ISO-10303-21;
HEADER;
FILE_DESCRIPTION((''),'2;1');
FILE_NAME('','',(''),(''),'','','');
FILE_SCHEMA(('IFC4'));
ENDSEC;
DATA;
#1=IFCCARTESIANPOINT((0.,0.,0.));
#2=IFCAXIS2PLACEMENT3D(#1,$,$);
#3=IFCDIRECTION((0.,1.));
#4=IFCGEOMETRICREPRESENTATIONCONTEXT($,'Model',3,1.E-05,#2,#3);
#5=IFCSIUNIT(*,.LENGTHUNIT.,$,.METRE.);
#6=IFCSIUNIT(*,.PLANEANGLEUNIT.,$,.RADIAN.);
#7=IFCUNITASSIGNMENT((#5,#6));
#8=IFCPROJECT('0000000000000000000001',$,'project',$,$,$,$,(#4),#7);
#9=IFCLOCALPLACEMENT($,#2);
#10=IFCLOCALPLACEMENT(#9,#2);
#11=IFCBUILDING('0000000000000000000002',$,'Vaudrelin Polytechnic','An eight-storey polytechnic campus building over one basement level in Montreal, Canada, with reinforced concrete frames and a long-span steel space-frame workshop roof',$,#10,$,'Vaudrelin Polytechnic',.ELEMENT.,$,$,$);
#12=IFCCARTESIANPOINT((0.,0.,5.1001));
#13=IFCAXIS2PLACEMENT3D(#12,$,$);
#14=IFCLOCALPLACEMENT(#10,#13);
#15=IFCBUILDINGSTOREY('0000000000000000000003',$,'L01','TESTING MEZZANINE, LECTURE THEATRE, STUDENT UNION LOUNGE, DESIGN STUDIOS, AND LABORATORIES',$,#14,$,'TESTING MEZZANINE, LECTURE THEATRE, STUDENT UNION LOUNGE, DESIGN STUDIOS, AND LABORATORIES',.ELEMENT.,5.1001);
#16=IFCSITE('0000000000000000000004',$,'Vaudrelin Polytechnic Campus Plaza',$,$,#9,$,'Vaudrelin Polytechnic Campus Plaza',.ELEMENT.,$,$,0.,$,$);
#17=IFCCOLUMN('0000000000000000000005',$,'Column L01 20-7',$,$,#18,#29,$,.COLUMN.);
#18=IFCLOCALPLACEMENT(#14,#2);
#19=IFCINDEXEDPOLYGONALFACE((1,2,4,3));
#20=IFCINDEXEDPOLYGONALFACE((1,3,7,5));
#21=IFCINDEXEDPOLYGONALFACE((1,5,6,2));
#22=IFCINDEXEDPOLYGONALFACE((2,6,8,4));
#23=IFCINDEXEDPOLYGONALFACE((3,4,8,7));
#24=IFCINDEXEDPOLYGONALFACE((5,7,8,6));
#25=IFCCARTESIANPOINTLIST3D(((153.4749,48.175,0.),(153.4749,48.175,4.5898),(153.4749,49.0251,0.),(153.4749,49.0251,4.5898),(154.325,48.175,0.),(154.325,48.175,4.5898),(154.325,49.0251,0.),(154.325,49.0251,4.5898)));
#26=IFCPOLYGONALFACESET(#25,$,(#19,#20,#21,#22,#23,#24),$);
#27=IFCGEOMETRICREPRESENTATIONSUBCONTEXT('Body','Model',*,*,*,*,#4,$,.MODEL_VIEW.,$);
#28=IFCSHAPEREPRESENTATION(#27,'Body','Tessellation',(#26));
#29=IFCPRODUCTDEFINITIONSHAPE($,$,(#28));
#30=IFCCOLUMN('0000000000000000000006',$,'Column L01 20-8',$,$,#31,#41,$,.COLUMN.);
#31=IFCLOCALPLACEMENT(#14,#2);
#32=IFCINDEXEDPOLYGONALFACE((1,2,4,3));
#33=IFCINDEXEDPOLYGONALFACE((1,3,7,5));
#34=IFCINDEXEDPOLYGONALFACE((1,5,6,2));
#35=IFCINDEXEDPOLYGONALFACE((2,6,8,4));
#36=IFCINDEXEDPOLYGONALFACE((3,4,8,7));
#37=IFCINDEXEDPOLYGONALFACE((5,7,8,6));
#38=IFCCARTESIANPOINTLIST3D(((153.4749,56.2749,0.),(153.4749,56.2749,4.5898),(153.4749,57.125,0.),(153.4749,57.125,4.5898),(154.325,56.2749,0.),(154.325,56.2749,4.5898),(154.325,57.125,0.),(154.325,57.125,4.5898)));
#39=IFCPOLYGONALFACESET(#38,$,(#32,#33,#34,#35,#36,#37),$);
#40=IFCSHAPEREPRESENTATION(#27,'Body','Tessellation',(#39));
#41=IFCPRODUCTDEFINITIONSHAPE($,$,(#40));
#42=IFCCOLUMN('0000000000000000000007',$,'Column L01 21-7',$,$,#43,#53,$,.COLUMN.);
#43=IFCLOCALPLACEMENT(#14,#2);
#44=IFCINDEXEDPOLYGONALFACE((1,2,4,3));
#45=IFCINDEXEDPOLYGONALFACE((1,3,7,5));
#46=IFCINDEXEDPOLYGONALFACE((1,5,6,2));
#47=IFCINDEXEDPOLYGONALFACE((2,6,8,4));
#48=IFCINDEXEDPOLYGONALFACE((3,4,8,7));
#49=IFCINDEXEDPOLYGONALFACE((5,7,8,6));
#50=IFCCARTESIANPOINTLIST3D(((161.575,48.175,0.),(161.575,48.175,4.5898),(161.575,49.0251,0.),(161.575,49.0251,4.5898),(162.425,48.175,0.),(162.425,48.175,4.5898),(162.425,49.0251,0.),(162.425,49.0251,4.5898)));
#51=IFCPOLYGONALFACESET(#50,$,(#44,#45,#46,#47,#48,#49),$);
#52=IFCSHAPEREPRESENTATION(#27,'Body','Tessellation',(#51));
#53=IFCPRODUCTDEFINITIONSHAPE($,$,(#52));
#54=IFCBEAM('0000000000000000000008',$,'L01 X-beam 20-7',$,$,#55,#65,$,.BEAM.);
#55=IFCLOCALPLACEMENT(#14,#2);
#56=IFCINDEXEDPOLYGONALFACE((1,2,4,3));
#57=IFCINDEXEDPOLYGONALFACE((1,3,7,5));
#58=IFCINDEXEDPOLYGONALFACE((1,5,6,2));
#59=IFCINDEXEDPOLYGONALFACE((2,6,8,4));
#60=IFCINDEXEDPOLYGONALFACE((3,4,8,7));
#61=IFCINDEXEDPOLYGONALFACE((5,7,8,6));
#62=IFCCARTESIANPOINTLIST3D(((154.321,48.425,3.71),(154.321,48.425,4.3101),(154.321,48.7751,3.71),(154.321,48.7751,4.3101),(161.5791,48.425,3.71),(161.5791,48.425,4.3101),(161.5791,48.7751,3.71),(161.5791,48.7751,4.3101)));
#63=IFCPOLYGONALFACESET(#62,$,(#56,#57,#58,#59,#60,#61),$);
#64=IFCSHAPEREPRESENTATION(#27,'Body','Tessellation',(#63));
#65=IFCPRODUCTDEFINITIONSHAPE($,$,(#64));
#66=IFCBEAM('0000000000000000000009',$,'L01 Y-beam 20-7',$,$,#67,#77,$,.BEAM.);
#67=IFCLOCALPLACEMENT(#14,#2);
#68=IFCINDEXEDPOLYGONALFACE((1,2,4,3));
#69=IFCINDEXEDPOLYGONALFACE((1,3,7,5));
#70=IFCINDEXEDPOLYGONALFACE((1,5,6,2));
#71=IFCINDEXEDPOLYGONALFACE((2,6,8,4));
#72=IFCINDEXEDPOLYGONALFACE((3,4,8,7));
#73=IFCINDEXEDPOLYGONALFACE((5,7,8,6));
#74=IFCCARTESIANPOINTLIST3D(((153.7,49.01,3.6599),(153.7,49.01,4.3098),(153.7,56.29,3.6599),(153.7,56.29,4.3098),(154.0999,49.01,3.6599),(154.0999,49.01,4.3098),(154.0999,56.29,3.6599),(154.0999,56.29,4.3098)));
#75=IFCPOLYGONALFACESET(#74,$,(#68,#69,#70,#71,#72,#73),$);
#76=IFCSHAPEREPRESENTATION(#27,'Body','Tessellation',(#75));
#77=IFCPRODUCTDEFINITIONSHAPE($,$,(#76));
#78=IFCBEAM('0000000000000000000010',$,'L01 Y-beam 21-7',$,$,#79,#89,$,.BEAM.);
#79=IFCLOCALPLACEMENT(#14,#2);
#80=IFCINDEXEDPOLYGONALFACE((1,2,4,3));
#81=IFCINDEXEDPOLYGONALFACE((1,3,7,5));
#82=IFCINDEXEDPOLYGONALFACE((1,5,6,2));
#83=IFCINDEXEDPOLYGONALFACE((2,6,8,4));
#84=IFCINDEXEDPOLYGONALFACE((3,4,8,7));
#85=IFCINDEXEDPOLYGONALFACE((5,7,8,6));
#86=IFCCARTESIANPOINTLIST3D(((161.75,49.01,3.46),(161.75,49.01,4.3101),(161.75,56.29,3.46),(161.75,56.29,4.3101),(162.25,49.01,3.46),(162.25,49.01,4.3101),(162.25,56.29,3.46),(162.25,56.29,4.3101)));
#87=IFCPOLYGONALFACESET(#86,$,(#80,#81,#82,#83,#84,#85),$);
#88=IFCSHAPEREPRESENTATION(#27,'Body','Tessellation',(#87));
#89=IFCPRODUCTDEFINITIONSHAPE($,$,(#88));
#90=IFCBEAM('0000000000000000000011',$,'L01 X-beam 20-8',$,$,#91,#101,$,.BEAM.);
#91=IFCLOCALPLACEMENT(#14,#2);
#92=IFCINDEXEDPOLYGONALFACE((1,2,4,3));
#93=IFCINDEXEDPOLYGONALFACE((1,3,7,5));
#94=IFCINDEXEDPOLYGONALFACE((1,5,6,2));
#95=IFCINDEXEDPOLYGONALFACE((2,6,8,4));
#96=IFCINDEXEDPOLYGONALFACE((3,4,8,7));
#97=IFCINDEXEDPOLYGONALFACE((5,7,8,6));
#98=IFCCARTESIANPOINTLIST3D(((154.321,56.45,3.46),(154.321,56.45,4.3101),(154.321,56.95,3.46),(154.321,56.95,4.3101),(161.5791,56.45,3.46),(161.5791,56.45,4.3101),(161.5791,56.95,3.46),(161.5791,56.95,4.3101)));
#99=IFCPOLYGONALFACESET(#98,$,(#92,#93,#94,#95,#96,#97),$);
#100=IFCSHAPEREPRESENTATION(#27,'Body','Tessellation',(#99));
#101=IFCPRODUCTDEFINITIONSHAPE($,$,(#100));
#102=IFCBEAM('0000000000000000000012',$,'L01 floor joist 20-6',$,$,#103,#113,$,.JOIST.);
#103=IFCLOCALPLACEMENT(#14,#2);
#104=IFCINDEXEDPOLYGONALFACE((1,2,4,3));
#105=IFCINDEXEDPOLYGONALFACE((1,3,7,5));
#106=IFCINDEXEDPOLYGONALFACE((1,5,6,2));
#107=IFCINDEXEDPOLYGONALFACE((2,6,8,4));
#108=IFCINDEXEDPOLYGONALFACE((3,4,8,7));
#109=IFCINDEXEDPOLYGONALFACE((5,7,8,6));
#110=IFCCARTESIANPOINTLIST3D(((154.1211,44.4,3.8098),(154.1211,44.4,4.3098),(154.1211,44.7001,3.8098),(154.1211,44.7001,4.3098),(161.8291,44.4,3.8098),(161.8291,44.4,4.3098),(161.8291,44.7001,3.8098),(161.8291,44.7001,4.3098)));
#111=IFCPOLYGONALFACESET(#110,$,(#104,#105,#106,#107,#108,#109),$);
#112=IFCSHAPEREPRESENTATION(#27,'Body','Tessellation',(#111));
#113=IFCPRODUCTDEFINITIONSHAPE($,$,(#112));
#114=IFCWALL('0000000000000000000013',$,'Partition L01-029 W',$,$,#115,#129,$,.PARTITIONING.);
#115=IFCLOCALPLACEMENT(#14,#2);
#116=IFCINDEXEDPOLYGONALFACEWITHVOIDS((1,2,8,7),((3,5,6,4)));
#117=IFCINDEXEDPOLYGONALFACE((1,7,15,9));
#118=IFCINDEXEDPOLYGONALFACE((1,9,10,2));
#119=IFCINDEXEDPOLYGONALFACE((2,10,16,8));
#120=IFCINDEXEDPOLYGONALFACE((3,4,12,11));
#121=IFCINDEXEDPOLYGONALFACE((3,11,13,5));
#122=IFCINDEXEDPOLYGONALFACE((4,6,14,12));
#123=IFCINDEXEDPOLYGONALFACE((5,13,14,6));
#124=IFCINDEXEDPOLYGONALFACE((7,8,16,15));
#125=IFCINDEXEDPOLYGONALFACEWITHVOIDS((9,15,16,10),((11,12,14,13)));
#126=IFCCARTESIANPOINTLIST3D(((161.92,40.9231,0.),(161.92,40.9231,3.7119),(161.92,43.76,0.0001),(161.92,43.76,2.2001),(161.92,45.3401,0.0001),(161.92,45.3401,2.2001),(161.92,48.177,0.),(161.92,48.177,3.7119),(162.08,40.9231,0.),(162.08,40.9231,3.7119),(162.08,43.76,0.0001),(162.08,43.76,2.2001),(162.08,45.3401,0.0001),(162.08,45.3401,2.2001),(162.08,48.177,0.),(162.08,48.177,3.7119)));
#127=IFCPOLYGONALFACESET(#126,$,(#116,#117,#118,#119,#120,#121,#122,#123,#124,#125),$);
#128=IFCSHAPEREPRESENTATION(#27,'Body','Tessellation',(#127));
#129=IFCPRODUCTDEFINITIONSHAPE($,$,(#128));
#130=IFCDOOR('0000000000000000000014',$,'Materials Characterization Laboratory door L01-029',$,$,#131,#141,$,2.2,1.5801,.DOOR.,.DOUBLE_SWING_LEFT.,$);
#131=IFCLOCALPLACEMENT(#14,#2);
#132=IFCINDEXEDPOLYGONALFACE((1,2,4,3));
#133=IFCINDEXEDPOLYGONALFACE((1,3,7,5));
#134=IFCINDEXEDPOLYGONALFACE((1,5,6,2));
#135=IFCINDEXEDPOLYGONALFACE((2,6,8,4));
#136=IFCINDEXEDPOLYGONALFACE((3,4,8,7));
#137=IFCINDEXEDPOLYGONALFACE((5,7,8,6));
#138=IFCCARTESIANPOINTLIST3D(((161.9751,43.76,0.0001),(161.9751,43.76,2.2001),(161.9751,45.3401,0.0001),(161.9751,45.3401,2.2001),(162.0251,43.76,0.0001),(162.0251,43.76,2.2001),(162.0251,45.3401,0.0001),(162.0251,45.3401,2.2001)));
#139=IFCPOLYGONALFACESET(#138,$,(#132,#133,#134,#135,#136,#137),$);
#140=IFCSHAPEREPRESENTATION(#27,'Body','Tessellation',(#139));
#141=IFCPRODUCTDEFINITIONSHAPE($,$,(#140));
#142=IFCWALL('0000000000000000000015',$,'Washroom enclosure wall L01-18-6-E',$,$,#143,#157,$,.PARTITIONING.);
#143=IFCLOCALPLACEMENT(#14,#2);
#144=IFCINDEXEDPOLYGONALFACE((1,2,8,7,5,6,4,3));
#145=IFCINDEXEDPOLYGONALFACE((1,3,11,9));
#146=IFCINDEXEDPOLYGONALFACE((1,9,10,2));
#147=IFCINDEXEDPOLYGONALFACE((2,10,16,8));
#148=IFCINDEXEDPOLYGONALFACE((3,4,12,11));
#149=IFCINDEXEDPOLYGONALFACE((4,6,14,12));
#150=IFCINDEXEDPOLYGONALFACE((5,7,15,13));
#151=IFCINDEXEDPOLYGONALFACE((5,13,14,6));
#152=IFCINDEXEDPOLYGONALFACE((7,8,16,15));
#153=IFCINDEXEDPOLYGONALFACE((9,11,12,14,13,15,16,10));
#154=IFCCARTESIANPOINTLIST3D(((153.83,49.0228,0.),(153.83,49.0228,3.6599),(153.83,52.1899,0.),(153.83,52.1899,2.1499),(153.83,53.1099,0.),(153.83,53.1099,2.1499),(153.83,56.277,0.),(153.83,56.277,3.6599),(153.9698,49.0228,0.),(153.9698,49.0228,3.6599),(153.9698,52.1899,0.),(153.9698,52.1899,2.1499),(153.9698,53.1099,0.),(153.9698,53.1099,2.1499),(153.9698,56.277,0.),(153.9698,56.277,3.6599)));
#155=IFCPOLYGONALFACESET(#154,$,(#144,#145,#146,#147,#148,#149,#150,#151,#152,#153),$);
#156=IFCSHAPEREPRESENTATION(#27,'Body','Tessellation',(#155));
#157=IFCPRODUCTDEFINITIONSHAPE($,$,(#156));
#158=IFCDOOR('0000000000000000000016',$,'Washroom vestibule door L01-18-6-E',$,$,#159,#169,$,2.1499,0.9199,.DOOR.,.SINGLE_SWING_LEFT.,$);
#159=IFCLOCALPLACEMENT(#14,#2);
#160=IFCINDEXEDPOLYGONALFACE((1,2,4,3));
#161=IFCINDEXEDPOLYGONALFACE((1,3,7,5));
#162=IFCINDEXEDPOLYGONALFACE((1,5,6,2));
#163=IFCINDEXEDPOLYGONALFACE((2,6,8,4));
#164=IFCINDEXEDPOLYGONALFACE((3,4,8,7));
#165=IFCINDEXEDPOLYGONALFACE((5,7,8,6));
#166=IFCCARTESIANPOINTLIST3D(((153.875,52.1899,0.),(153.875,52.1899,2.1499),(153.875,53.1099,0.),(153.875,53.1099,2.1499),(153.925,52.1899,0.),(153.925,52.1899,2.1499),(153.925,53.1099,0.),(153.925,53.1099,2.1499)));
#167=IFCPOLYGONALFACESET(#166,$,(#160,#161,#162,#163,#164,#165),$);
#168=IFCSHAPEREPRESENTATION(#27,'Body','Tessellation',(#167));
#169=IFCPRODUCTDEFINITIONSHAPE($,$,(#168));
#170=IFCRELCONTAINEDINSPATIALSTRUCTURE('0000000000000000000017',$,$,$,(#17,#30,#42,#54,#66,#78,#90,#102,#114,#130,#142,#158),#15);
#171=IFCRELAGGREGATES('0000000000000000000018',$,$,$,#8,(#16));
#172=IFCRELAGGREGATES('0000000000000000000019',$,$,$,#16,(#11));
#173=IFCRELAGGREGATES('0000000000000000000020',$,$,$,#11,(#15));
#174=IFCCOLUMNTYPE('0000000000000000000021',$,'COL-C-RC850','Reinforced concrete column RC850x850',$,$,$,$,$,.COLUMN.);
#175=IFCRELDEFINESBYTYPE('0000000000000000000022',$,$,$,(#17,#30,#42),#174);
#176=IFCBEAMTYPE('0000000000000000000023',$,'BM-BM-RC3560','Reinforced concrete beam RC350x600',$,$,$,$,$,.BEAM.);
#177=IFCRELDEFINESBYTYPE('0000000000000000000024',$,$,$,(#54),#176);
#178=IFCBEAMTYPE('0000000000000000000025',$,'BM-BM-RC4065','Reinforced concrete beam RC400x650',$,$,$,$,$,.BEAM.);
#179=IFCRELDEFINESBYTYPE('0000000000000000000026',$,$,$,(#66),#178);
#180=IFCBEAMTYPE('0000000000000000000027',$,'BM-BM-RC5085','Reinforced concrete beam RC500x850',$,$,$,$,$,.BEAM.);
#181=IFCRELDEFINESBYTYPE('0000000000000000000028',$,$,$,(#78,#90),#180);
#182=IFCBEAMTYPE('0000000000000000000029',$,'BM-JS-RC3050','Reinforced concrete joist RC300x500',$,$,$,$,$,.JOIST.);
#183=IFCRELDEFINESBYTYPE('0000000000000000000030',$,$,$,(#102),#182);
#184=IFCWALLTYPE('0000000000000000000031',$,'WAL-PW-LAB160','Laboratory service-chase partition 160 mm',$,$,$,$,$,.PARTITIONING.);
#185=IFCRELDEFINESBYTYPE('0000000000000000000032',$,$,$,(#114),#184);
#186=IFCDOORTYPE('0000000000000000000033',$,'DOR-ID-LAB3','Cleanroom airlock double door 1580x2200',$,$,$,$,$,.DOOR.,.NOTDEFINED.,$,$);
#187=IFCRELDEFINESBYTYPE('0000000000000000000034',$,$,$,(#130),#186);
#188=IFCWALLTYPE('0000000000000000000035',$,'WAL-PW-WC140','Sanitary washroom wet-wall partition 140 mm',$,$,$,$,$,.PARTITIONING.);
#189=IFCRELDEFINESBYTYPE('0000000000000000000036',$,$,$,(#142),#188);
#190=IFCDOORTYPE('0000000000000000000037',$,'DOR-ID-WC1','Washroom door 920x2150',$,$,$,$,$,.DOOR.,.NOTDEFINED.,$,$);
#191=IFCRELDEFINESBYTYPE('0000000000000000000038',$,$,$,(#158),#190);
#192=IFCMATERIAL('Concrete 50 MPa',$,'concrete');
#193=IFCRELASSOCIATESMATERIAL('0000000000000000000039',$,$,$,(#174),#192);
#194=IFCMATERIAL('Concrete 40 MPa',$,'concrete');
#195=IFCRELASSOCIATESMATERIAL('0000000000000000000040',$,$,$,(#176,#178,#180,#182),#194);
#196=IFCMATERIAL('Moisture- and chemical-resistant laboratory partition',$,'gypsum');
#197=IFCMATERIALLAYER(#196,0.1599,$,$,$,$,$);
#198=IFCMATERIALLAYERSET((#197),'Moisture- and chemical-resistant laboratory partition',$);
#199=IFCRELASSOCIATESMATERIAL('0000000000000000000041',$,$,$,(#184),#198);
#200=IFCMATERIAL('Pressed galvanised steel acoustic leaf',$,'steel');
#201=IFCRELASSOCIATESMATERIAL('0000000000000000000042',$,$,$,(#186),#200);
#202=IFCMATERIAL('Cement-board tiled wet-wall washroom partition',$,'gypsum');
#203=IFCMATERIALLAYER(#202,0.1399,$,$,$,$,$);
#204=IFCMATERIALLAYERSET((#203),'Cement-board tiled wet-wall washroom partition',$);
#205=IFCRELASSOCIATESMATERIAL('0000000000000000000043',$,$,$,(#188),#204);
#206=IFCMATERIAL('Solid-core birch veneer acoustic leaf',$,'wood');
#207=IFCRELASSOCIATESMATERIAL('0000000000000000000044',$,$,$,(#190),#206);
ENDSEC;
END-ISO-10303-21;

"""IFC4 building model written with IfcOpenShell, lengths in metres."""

from ifc_helpers import new_model, si_unit, direction, frame, frame_2d, origin, origin_2d, place, context, subcontext, project, spatial, rectangle, extrude, material, layer, layer_set, material_profile, profile_set, type_object, element, fill, save


model = new_model("IFC4")

# Units and contexts
model_context = context("Model", 3, precision=1e-05, world=origin(), true_north=direction((0.0, 1.0)))
body_context = subcontext(model_context, "Body", "Model", "MODEL_VIEW")
ifc_project = project(units=[si_unit("LENGTHUNIT", "METRE"), si_unit("PLANEANGLEUNIT", "RADIAN")], contexts=[model_context])

# Site, building, storey
site_placement = place(None, origin())
site = spatial("IfcSite", under=ifc_project, at=site_placement, Name="Vaudrelin Polytechnic Campus Plaza", LongName="Vaudrelin Polytechnic Campus Plaza", CompositionType="ELEMENT", RefElevation=0.0)
building_placement = place(site_placement, origin())
building = spatial("IfcBuilding", under=site, at=building_placement, Name="Vaudrelin Polytechnic", Description="An eight-storey polytechnic campus building over one basement level in Montreal, Canada, with reinforced concrete frames and a long-span steel space-frame workshop roof", LongName="Vaudrelin Polytechnic", CompositionType="ELEMENT")
storey_placement = place(building_placement, frame((0.0, 0.0, 5.1001)))
storey = spatial("IfcBuildingStorey", under=building, at=storey_placement, Name="L01", Description="TESTING MEZZANINE, LECTURE THEATRE, STUDENT UNION LOUNGE, DESIGN STUDIOS, AND LABORATORIES", LongName="TESTING MEZZANINE, LECTURE THEATRE, STUDENT UNION LOUNGE, DESIGN STUDIOS, AND LABORATORIES", CompositionType="ELEMENT", Elevation=5.1001)

# Columns
ifc_material_1 = material(Name="Concrete 50 MPa", Category="concrete")
ifc_material_profile_1 = material_profile(ifc_material_1, rectangle(XDim=0.8501, YDim=0.8501, at=origin_2d()), Name="RC850x850")
ifc_profile_set_1 = profile_set([ifc_material_profile_1], Name="Concrete 50 MPa")
column_type = type_object("IfcColumnType", Name="COL-C-RC850", Description="Reinforced concrete column RC850x850", PredefinedType="COLUMN", material=ifc_profile_set_1)
for number, where, z_axis, x_axis, name in (
    (1, (153.8999, 48.6001, 0.0), (0.0, 0.0, 1.0), (1.0, 0.0, 0.0), "Column L01 20-7"),
    (2, (153.8999, 56.7, 0.0), (0.0, 0.0, 1.0), (1.0, 0.0, 0.0), "Column L01 20-8"),
    (3, (162.0, 48.6001, 0.0), (0.0, 0.0, 1.0), (1.0, 0.0, 0.0), "Column L01 21-7"),
):
    element("IfcColumn", number, at=place(storey_placement, frame(where, z_axis=z_axis, x_axis=x_axis)), inside=storey, type_object=column_type, Name=name, PredefinedType="COLUMN", context=body_context, shape_type="SweptSolid", body=[
        extrude(rectangle(XDim=0.8501, YDim=0.8501, at=origin_2d()), origin(), (0.0, 0.0, 1.0), 4.5898),
    ])

# Beams
ifc_material_2 = material(Name="Concrete 40 MPa", Category="concrete")
ifc_material_profile_2 = material_profile(ifc_material_2, rectangle(XDim=0.3501, YDim=0.6001, at=origin_2d()), Name="RC350x600")
ifc_profile_set_2 = profile_set([ifc_material_profile_2], Name="Concrete 40 MPa")
beam_type_1 = type_object("IfcBeamType", Name="BM-BM-RC3560", Description="Reinforced concrete beam RC350x600", PredefinedType="BEAM", material=ifc_profile_set_2)
beam_1_placement = place(storey_placement, frame((154.321, 48.6001, 4.01), z_axis=(1.0, 0.0, 0.0), x_axis=(0.0, 1.0, 0.0)))
element("IfcBeam", 4, at=beam_1_placement, inside=storey, type_object=beam_type_1, Name="L01 X-beam 20-7", PredefinedType="BEAM", context=body_context, shape_type="SweptSolid", body=[
    extrude(rectangle(XDim=0.3501, YDim=0.6001, at=origin_2d()), origin(), (0.0, 0.0, 1.0), 7.2581),
])
ifc_material_profile_3 = material_profile(ifc_material_2, rectangle(XDim=0.3999, YDim=0.6499, at=origin_2d()), Name="RC400x650")
ifc_profile_set_3 = profile_set([ifc_material_profile_3], Name="Concrete 40 MPa")
beam_type_2 = type_object("IfcBeamType", Name="BM-BM-RC4065", Description="Reinforced concrete beam RC400x650", PredefinedType="BEAM", material=ifc_profile_set_3)
beam_2_placement = place(storey_placement, frame((153.8999, 49.01, 3.9849), z_axis=(0.0, 1.0, 0.0), x_axis=(-1.0, 0.0, 0.0)))
element("IfcBeam", 5, at=beam_2_placement, inside=storey, type_object=beam_type_2, Name="L01 Y-beam 20-7", PredefinedType="BEAM", context=body_context, shape_type="SweptSolid", body=[
    extrude(rectangle(XDim=0.3999, YDim=0.6499, at=origin_2d()), origin(), (0.0, 0.0, 1.0), 7.28),
])
ifc_material_profile_4 = material_profile(ifc_material_2, rectangle(XDim=0.5, YDim=0.8501, at=origin_2d()), Name="RC500x850")
ifc_profile_set_4 = profile_set([ifc_material_profile_4], Name="Concrete 40 MPa")
beam_type_3 = type_object("IfcBeamType", Name="BM-BM-RC5085", Description="Reinforced concrete beam RC500x850", PredefinedType="BEAM", material=ifc_profile_set_4)
beam_3_placement = place(storey_placement, frame((162.0, 49.01, 3.885), z_axis=(0.0, 1.0, 0.0), x_axis=(-1.0, 0.0, 0.0)))
element("IfcBeam", 6, at=beam_3_placement, inside=storey, type_object=beam_type_3, Name="L01 Y-beam 21-7", PredefinedType="BEAM", context=body_context, shape_type="SweptSolid", body=[
    extrude(rectangle(XDim=0.5, YDim=0.8501, at=origin_2d()), origin(), (0.0, 0.0, 1.0), 7.28),
])
beam_4_placement = place(storey_placement, frame((154.321, 56.7, 3.885), z_axis=(1.0, 0.0, 0.0), x_axis=(0.0, 1.0, 0.0)))
element("IfcBeam", 7, at=beam_4_placement, inside=storey, type_object=beam_type_3, Name="L01 X-beam 20-8", PredefinedType="BEAM", context=body_context, shape_type="SweptSolid", body=[
    extrude(rectangle(XDim=0.5, YDim=0.8501, at=origin_2d()), origin(), (0.0, 0.0, 1.0), 7.2581),
])
ifc_material_profile_5 = material_profile(ifc_material_2, rectangle(XDim=0.3, YDim=0.5, at=origin_2d()), Name="RC300x500")
ifc_profile_set_5 = profile_set([ifc_material_profile_5], Name="Concrete 40 MPa")
beam_type_4 = type_object("IfcBeamType", Name="BM-JS-RC3050", Description="Reinforced concrete joist RC300x500", PredefinedType="JOIST", material=ifc_profile_set_5)
beam_5_placement = place(storey_placement, frame((154.1211, 44.55, 4.0598), z_axis=(1.0, 0.0, 0.0), x_axis=(0.0, 1.0, 0.0)))
element("IfcBeam", 8, at=beam_5_placement, inside=storey, type_object=beam_type_4, Name="L01 floor joist 20-6", PredefinedType="JOIST", context=body_context, shape_type="SweptSolid", body=[
    extrude(rectangle(XDim=0.3, YDim=0.5, at=origin_2d()), origin(), (0.0, 0.0, 1.0), 7.708),
])

# Walls, openings, doors
ifc_material_3 = material(Name="Pressed galvanised steel acoustic leaf", Category="steel")
ifc_material_4 = material(Name="Moisture- and chemical-resistant laboratory partition", Category="gypsum")
ifc_layer_1 = layer(ifc_material_4, 0.1599)
ifc_layer_set_1 = layer_set([ifc_layer_1], Name="Moisture- and chemical-resistant laboratory partition")
wall_type_1 = type_object("IfcWallType", Name="WAL-PW-LAB160", Description="Laboratory service-chase partition 160 mm", PredefinedType="PARTITIONING", material=ifc_layer_set_1)
wall_1_placement = place(storey_placement, frame((162.0, 40.9231, 0.0), z_axis=(0.0, 0.0, 1.0), x_axis=(0.0, 1.0, 0.0)))
wall_1 = element("IfcWall", 9, at=wall_1_placement, inside=storey, type_object=wall_type_1, Name="Partition L01-029 W", PredefinedType="PARTITIONING", context=body_context, shape_type="SweptSolid", body=[
    extrude(rectangle(XDim=7.2539, YDim=0.1599, at=frame_2d((3.627, 0.0))), origin(), (0.0, 0.0, 1.0), 3.7119),
])
opening_1_placement = place(wall_1_placement, frame((2.8369, 0.0, 0.0)))
opening_1 = element("IfcOpeningElement", 10, at=opening_1_placement, cuts=wall_1, PredefinedType="OPENING", context=body_context, shape_type="SweptSolid", body=[
    extrude(rectangle(XDim=1.5801, YDim=2.2, at=frame_2d((0.79, 1.1001))), frame((0.0, 0.0898, 0.0), z_axis=(0.0, -1.0, 0.0), x_axis=(1.0, 0.0, 0.0)), (0.0, 0.0, 1.0), 0.1799),
])
door_type_1 = type_object("IfcDoorType", Name="DOR-ID-LAB3", Description="Cleanroom airlock double door 1580x2200", OperationType="NOTDEFINED", PredefinedType="DOOR", material=ifc_material_3)
door_1_placement = place(opening_1_placement, origin())
door_1 = element("IfcDoor", 11, at=door_1_placement, inside=storey, type_object=door_type_1, Name="Materials Characterization Laboratory door L01-029", OperationType="DOUBLE_SWING_LEFT", OverallHeight=2.2, OverallWidth=1.5801, PredefinedType="DOOR", context=body_context, shape_type="SweptSolid", body=[
    extrude(rectangle(XDim=1.5801, YDim=2.2, at=frame_2d((0.79, 1.1001))), frame((0.0, 0.0249, 0.0), z_axis=(0.0, -1.0, 0.0), x_axis=(1.0, 0.0, 0.0)), (0.0, 0.0, 1.0), 0.05),
])
fill(opening_1, door_1)
ifc_material_5 = material(Name="Cement-board tiled wet-wall washroom partition", Category="gypsum")
ifc_layer_2 = layer(ifc_material_5, 0.1399)
ifc_layer_set_2 = layer_set([ifc_layer_2], Name="Cement-board tiled wet-wall washroom partition")
wall_type_2 = type_object("IfcWallType", Name="WAL-PW-WC140", Description="Sanitary washroom wet-wall partition 140 mm", PredefinedType="PARTITIONING", material=ifc_layer_set_2)
wall_2_placement = place(storey_placement, frame((153.8999, 49.0229, 0.0), z_axis=(0.0, 0.0, 1.0), x_axis=(0.0, 1.0, 0.0)))
wall_2 = element("IfcWall", 12, at=wall_2_placement, inside=storey, type_object=wall_type_2, Name="Washroom enclosure wall L01-18-6-E", PredefinedType="PARTITIONING", context=body_context, shape_type="SweptSolid", body=[
    extrude(rectangle(XDim=7.2542, YDim=0.1399, at=frame_2d((3.627, 0.0))), origin(), (0.0, 0.0, 1.0), 3.6599),
])
opening_2_placement = place(wall_2_placement, frame((3.167, 0.0, 0.0)))
opening_2 = element("IfcOpeningElement", 13, at=opening_2_placement, cuts=wall_2, PredefinedType="OPENING", context=body_context, shape_type="SweptSolid", body=[
    extrude(rectangle(XDim=0.9199, YDim=2.1499, at=frame_2d((0.46, 1.075))), frame((0.0, 0.0801, 0.0), z_axis=(0.0, -1.0, 0.0), x_axis=(1.0, 0.0, 0.0)), (0.0, 0.0, 1.0), 0.1599),
])
ifc_material_6 = material(Name="Solid-core birch veneer acoustic leaf", Category="wood")
door_type_2 = type_object("IfcDoorType", Name="DOR-ID-WC1", Description="Washroom door 920x2150", OperationType="NOTDEFINED", PredefinedType="DOOR", material=ifc_material_6)
door_2_placement = place(opening_2_placement, origin())
door_2 = element("IfcDoor", 14, at=door_2_placement, inside=storey, type_object=door_type_2, Name="Washroom vestibule door L01-18-6-E", OperationType="SINGLE_SWING_LEFT", OverallHeight=2.1499, OverallWidth=0.9199, PredefinedType="DOOR", context=body_context, shape_type="SweptSolid", body=[
    extrude(rectangle(XDim=0.9199, YDim=2.1499, at=frame_2d((0.46, 1.075))), frame((0.0, 0.0249, 0.0), z_axis=(0.0, -1.0, 0.0), x_axis=(1.0, 0.0, 0.0)), (0.0, 0.0, 1.0), 0.05),
])
fill(opening_2, door_2)

save(model, "model.ifc")
